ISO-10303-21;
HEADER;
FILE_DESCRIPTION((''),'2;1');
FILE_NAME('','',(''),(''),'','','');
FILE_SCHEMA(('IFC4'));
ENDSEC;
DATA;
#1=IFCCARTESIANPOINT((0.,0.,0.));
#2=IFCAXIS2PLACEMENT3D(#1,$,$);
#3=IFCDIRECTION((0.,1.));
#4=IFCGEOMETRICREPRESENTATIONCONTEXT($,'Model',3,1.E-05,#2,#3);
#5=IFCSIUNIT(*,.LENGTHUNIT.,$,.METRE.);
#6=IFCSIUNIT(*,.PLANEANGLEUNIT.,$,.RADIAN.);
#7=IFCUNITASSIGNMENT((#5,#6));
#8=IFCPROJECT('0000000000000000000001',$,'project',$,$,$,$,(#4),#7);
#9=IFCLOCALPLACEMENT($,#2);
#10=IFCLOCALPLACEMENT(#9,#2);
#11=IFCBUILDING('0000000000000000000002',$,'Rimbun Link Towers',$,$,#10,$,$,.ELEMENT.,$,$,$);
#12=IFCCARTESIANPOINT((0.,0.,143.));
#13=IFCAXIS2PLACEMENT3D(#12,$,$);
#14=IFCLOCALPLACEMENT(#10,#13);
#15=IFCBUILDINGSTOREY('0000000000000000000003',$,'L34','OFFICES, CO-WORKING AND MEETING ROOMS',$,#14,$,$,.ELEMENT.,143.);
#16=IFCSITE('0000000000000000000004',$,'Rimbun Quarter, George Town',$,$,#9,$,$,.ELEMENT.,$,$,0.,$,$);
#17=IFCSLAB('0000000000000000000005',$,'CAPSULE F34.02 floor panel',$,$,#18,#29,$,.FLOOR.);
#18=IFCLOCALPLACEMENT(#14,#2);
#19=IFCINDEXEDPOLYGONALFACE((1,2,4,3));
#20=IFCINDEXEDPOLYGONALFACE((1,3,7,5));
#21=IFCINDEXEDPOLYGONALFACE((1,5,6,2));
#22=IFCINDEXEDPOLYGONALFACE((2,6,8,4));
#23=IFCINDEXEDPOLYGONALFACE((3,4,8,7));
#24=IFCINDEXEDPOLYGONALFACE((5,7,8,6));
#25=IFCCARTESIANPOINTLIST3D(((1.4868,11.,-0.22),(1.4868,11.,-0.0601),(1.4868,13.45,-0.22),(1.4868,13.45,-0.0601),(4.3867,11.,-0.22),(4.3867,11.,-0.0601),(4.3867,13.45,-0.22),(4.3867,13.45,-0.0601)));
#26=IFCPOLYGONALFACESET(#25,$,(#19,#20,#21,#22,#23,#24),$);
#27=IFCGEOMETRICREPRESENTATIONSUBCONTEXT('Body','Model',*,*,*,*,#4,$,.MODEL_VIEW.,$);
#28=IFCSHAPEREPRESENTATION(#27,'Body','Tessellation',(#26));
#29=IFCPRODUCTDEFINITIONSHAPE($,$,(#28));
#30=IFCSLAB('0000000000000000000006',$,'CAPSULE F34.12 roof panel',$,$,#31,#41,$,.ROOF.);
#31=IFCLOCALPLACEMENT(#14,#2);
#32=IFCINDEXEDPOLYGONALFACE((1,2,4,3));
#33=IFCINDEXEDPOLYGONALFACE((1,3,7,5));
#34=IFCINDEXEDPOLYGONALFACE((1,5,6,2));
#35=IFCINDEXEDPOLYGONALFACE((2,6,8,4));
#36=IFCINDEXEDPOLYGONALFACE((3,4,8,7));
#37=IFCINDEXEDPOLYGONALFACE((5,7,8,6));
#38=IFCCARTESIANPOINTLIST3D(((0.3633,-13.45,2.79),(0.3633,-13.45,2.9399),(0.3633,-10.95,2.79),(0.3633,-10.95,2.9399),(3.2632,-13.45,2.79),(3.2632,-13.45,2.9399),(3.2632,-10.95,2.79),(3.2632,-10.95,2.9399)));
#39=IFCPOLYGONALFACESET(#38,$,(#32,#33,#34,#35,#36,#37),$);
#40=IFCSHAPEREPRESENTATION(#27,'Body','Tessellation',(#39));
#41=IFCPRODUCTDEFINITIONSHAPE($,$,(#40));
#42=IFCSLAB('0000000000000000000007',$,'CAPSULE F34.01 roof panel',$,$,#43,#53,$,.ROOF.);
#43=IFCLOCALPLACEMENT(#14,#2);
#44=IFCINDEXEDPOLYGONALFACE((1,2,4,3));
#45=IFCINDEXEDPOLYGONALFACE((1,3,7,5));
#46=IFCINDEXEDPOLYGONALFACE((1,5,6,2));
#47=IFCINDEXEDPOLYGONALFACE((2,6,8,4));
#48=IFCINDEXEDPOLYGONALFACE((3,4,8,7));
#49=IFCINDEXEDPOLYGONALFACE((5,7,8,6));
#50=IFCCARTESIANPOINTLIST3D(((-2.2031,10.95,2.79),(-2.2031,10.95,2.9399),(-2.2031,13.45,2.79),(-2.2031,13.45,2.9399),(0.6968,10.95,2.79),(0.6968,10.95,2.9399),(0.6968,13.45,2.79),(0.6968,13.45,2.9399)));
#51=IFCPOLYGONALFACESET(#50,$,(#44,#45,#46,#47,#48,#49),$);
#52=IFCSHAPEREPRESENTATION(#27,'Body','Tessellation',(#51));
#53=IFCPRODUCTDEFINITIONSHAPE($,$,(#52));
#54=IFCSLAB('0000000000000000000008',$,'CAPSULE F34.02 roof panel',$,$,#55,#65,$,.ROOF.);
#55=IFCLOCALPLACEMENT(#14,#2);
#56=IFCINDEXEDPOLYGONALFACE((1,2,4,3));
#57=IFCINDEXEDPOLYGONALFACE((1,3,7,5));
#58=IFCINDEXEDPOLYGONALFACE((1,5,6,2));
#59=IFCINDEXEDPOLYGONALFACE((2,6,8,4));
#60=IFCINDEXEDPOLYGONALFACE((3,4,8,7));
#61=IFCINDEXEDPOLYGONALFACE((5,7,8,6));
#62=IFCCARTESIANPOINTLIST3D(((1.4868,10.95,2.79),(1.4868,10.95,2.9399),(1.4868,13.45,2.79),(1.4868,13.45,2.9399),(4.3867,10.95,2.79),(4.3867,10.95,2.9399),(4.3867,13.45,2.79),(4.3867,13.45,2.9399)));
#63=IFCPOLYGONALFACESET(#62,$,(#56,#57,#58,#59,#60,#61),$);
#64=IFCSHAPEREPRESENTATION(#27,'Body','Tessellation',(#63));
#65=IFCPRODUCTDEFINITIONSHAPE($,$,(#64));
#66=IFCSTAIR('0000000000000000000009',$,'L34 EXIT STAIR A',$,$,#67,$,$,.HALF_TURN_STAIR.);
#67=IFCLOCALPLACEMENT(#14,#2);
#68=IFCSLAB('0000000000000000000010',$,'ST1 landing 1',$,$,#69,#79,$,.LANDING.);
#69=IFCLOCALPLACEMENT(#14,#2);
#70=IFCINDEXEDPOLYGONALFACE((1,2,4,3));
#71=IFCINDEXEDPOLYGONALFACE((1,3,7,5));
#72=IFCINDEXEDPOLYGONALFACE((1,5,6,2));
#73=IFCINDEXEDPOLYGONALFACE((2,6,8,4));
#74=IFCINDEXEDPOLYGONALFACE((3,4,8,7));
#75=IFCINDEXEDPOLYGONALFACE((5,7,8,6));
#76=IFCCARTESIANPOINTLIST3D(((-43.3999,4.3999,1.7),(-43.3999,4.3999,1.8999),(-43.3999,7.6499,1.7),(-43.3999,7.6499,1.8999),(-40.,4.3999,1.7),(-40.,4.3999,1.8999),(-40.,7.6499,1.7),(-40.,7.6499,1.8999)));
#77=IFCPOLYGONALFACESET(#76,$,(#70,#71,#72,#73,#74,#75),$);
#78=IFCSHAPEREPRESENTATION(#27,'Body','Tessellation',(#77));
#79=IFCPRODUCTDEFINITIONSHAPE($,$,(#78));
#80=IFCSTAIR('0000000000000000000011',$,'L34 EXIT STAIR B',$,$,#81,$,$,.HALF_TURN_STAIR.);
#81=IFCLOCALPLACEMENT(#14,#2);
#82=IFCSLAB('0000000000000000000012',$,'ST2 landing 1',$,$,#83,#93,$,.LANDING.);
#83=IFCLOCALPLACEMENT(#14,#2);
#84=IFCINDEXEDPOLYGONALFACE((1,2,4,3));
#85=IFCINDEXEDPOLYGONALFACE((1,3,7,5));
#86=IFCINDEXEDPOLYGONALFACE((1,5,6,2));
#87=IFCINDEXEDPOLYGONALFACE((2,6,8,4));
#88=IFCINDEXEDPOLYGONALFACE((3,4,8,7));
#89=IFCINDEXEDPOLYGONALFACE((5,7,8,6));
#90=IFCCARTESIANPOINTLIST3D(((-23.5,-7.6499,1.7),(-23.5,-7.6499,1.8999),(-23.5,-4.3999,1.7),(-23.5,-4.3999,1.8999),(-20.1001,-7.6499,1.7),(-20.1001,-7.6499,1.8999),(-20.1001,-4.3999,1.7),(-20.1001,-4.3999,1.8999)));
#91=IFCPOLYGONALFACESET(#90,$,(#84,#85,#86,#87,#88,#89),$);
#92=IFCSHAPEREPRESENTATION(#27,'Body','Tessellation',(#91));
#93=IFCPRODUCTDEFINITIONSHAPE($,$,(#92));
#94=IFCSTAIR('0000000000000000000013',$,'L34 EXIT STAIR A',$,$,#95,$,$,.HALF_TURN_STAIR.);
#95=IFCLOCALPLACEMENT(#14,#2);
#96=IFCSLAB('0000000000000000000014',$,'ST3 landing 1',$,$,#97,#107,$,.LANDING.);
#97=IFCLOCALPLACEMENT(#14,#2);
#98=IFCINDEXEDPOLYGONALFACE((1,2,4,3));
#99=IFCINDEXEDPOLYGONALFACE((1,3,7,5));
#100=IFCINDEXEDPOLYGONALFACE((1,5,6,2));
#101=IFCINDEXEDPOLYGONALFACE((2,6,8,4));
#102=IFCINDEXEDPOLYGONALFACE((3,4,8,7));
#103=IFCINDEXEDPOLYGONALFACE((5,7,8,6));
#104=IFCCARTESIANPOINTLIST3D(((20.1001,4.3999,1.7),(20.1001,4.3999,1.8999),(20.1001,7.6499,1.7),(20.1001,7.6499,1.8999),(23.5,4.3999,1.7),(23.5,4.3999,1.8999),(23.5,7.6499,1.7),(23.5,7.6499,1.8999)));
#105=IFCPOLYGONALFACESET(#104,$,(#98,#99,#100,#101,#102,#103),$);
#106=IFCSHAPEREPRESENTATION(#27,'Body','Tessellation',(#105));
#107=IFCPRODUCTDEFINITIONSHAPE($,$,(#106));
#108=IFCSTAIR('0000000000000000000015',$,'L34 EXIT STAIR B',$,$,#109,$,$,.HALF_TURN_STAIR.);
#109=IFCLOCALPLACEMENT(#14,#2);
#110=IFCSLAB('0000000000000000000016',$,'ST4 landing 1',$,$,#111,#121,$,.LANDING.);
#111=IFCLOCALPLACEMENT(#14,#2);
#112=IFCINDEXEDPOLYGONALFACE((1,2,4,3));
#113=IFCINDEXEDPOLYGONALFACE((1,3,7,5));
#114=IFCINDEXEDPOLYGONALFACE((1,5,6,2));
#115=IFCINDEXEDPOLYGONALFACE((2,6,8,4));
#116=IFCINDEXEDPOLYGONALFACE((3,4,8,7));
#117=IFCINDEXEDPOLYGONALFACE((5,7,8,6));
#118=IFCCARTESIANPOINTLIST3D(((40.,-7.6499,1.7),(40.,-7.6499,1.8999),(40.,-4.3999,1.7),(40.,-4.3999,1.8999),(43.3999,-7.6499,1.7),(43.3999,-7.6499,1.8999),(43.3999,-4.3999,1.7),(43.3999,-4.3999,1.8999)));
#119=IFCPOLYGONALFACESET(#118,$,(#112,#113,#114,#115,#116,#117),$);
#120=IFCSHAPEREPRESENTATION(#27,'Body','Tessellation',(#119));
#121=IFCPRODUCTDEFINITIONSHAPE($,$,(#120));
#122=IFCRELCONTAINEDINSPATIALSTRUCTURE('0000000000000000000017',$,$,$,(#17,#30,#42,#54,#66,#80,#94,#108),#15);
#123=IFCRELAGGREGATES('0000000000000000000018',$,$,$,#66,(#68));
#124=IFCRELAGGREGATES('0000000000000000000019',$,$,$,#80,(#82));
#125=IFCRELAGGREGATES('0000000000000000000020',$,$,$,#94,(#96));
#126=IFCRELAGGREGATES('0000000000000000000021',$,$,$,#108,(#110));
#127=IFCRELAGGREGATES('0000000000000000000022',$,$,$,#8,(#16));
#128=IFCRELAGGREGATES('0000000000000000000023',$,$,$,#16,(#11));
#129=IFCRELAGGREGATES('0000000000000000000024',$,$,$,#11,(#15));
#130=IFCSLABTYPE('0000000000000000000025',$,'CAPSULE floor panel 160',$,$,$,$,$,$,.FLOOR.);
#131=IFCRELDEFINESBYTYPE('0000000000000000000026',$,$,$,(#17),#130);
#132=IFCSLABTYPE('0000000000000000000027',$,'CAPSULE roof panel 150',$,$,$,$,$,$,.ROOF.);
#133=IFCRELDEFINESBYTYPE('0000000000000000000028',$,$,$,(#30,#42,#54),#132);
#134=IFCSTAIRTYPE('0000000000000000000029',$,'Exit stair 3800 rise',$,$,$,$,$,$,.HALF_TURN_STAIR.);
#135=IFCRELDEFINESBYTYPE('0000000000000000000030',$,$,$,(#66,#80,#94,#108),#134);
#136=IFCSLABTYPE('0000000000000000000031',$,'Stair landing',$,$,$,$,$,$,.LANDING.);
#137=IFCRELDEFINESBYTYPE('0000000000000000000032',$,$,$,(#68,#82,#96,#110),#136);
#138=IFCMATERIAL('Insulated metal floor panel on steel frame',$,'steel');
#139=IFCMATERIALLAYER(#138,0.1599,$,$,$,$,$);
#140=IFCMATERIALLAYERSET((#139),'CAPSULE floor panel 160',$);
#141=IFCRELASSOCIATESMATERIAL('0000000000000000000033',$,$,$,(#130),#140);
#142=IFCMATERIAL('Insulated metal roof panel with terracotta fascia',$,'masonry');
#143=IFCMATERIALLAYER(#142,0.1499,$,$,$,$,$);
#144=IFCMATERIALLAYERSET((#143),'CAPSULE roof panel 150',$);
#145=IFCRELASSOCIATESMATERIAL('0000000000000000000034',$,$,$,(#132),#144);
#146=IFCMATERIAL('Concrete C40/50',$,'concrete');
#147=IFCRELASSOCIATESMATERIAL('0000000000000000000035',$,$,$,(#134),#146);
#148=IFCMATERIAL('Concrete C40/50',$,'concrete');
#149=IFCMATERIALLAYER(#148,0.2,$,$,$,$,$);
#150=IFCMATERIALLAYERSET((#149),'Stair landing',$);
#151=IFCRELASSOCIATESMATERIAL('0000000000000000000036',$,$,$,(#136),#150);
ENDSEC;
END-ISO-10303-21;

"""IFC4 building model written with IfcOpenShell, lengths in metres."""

from ifc_helpers import new_model, si_unit, direction, frame, origin, place, context, subcontext, project, spatial, polyline, outline, extrude, material, layer, layer_set, type_object, element, aggregate, save


model = new_model("IFC4")

# Units and contexts
model_context = context("Model", 3, precision=1e-05, world=origin(), true_north=direction((0.0, 1.0)))
body_context = subcontext(model_context, "Body", "Model", "MODEL_VIEW")
ifc_project = project(units=[si_unit("LENGTHUNIT", "METRE"), si_unit("PLANEANGLEUNIT", "RADIAN")], contexts=[model_context])

# Site, building, storey
site_placement = place(None, origin())
site = spatial("IfcSite", under=ifc_project, at=site_placement, Name="Rimbun Quarter, George Town", CompositionType="ELEMENT", RefElevation=0.0)
building_placement = place(site_placement, origin())
building = spatial("IfcBuilding", under=site, at=building_placement, Name="Rimbun Link Towers", CompositionType="ELEMENT")
storey_placement = place(building_placement, frame((0.0, 0.0, 143.0)))
storey = spatial("IfcBuildingStorey", under=building, at=storey_placement, Name="L34", Description="OFFICES, CO-WORKING AND MEETING ROOMS", CompositionType="ELEMENT", Elevation=143.0)

# Slabs
ifc_material_1 = material(Name="Insulated metal floor panel on steel frame", Category="steel")
ifc_layer_1 = layer(ifc_material_1, 0.1599)
ifc_layer_set_1 = layer_set([ifc_layer_1], Name="CAPSULE floor panel 160")
slab_type_1 = type_object("IfcSlabType", Name="CAPSULE floor panel 160", PredefinedType="FLOOR", material=ifc_layer_set_1)
slab_1_placement = place(storey_placement, frame((0.0, 0.0, -0.22)))
element("IfcSlab", 1, at=slab_1_placement, inside=storey, type_object=slab_type_1, Name="CAPSULE F34.02 floor panel", PredefinedType="FLOOR", context=body_context, shape_type="SweptSolid", body=[
    extrude(outline(polyline([(1.4868, 11.0), (4.3867, 11.0), (4.3867, 13.45), (1.4868, 13.45), (1.4868, 11.0)])), origin(), (0.0, 0.0, 1.0), 0.1599),
])
ifc_material_2 = material(Name="Insulated metal roof panel with terracotta fascia", Category="masonry")
ifc_layer_2 = layer(ifc_material_2, 0.1499)
ifc_layer_set_2 = layer_set([ifc_layer_2], Name="CAPSULE roof panel 150")
slab_type_2 = type_object("IfcSlabType", Name="CAPSULE roof panel 150", PredefinedType="ROOF", material=ifc_layer_set_2)
slab_2_placement = place(storey_placement, frame((0.0, 0.0, 2.79)))
element("IfcSlab", 2, at=slab_2_placement, inside=storey, type_object=slab_type_2, Name="CAPSULE F34.12 roof panel", PredefinedType="ROOF", context=body_context, shape_type="SweptSolid", body=[
    extrude(outline(polyline([(0.3633, -13.45), (3.2632, -13.45), (3.2632, -10.95), (0.3633, -10.95), (0.3633, -13.45)])), origin(), (0.0, 0.0, 1.0), 0.1499),
])
slab_3_placement = place(storey_placement, frame((0.0, 0.0, 2.79)))
element("IfcSlab", 3, at=slab_3_placement, inside=storey, type_object=slab_type_2, Name="CAPSULE F34.01 roof panel", PredefinedType="ROOF", context=body_context, shape_type="SweptSolid", body=[
    extrude(outline(polyline([(0.6968, 13.45), (-2.2031, 13.45), (-2.2031, 10.95), (0.6968, 10.95), (0.6968, 13.45)])), origin(), (0.0, 0.0, 1.0), 0.1499),
])
slab_4_placement = place(storey_placement, frame((0.0, 0.0, 2.79)))
element("IfcSlab", 4, at=slab_4_placement, inside=storey, type_object=slab_type_2, Name="CAPSULE F34.02 roof panel", PredefinedType="ROOF", context=body_context, shape_type="SweptSolid", body=[
    extrude(outline(polyline([(4.3867, 13.45), (1.4868, 13.45), (1.4868, 10.95), (4.3867, 10.95), (4.3867, 13.45)])), origin(), (0.0, 0.0, 1.0), 0.1499),
])

# Stairs, slabs
ifc_material_3 = material(Name="Concrete C40/50", Category="concrete")
stair_type = type_object("IfcStairType", Name="Exit stair 3800 rise", PredefinedType="HALF_TURN_STAIR", material=ifc_material_3)
stair_1_placement = place(storey_placement, origin())
stair_1 = element("IfcStair", 5, at=stair_1_placement, inside=storey, type_object=stair_type, Name="L34 EXIT STAIR A", PredefinedType="HALF_TURN_STAIR")
ifc_material_4 = material(Name="Concrete C40/50", Category="concrete")
ifc_layer_3 = layer(ifc_material_4, 0.2)
ifc_layer_set_3 = layer_set([ifc_layer_3], Name="Stair landing")
slab_type_3 = type_object("IfcSlabType", Name="Stair landing", PredefinedType="LANDING", material=ifc_layer_set_3)
slab_5_placement = place(storey_placement, frame((0.0, 0.0, 1.7)))
slab_5 = element("IfcSlab", 6, at=slab_5_placement, type_object=slab_type_3, Name="ST1 landing 1", PredefinedType="LANDING", context=body_context, shape_type="SweptSolid", body=[
    extrude(outline(polyline([(-40.0, 7.6499), (-43.3999, 7.6499), (-43.3999, 4.3999), (-40.0, 4.3999), (-40.0, 7.6499)])), origin(), (0.0, 0.0, 1.0), 0.2),
])
aggregate(stair_1, [slab_5])
stair_2_placement = place(storey_placement, origin())
stair_2 = element("IfcStair", 7, at=stair_2_placement, inside=storey, type_object=stair_type, Name="L34 EXIT STAIR B", PredefinedType="HALF_TURN_STAIR")
slab_6_placement = place(storey_placement, frame((0.0, 0.0, 1.7)))
slab_6 = element("IfcSlab", 8, at=slab_6_placement, type_object=slab_type_3, Name="ST2 landing 1", PredefinedType="LANDING", context=body_context, shape_type="SweptSolid", body=[
    extrude(outline(polyline([(-23.5, -7.6499), (-20.1001, -7.6499), (-20.1001, -4.3999), (-23.5, -4.3999), (-23.5, -7.6499)])), origin(), (0.0, 0.0, 1.0), 0.2),
])
aggregate(stair_2, [slab_6])
stair_3_placement = place(storey_placement, origin())
stair_3 = element("IfcStair", 9, at=stair_3_placement, inside=storey, type_object=stair_type, Name="L34 EXIT STAIR A", PredefinedType="HALF_TURN_STAIR")
slab_7_placement = place(storey_placement, frame((0.0, 0.0, 1.7)))
slab_7 = element("IfcSlab", 10, at=slab_7_placement, type_object=slab_type_3, Name="ST3 landing 1", PredefinedType="LANDING", context=body_context, shape_type="SweptSolid", body=[
    extrude(outline(polyline([(23.5, 7.6499), (20.1001, 7.6499), (20.1001, 4.3999), (23.5, 4.3999), (23.5, 7.6499)])), origin(), (0.0, 0.0, 1.0), 0.2),
])
aggregate(stair_3, [slab_7])
stair_4_placement = place(storey_placement, origin())
stair_4 = element("IfcStair", 11, at=stair_4_placement, inside=storey, type_object=stair_type, Name="L34 EXIT STAIR B", PredefinedType="HALF_TURN_STAIR")
slab_8_placement = place(storey_placement, frame((0.0, 0.0, 1.7)))
slab_8 = element("IfcSlab", 12, at=slab_8_placement, type_object=slab_type_3, Name="ST4 landing 1", PredefinedType="LANDING", context=body_context, shape_type="SweptSolid", body=[
    extrude(outline(polyline([(40.0, -7.6499), (43.3999, -7.6499), (43.3999, -4.3999), (40.0, -4.3999), (40.0, -7.6499)])), origin(), (0.0, 0.0, 1.0), 0.2),
])
aggregate(stair_4, [slab_8])

save(model, "model.ifc")
